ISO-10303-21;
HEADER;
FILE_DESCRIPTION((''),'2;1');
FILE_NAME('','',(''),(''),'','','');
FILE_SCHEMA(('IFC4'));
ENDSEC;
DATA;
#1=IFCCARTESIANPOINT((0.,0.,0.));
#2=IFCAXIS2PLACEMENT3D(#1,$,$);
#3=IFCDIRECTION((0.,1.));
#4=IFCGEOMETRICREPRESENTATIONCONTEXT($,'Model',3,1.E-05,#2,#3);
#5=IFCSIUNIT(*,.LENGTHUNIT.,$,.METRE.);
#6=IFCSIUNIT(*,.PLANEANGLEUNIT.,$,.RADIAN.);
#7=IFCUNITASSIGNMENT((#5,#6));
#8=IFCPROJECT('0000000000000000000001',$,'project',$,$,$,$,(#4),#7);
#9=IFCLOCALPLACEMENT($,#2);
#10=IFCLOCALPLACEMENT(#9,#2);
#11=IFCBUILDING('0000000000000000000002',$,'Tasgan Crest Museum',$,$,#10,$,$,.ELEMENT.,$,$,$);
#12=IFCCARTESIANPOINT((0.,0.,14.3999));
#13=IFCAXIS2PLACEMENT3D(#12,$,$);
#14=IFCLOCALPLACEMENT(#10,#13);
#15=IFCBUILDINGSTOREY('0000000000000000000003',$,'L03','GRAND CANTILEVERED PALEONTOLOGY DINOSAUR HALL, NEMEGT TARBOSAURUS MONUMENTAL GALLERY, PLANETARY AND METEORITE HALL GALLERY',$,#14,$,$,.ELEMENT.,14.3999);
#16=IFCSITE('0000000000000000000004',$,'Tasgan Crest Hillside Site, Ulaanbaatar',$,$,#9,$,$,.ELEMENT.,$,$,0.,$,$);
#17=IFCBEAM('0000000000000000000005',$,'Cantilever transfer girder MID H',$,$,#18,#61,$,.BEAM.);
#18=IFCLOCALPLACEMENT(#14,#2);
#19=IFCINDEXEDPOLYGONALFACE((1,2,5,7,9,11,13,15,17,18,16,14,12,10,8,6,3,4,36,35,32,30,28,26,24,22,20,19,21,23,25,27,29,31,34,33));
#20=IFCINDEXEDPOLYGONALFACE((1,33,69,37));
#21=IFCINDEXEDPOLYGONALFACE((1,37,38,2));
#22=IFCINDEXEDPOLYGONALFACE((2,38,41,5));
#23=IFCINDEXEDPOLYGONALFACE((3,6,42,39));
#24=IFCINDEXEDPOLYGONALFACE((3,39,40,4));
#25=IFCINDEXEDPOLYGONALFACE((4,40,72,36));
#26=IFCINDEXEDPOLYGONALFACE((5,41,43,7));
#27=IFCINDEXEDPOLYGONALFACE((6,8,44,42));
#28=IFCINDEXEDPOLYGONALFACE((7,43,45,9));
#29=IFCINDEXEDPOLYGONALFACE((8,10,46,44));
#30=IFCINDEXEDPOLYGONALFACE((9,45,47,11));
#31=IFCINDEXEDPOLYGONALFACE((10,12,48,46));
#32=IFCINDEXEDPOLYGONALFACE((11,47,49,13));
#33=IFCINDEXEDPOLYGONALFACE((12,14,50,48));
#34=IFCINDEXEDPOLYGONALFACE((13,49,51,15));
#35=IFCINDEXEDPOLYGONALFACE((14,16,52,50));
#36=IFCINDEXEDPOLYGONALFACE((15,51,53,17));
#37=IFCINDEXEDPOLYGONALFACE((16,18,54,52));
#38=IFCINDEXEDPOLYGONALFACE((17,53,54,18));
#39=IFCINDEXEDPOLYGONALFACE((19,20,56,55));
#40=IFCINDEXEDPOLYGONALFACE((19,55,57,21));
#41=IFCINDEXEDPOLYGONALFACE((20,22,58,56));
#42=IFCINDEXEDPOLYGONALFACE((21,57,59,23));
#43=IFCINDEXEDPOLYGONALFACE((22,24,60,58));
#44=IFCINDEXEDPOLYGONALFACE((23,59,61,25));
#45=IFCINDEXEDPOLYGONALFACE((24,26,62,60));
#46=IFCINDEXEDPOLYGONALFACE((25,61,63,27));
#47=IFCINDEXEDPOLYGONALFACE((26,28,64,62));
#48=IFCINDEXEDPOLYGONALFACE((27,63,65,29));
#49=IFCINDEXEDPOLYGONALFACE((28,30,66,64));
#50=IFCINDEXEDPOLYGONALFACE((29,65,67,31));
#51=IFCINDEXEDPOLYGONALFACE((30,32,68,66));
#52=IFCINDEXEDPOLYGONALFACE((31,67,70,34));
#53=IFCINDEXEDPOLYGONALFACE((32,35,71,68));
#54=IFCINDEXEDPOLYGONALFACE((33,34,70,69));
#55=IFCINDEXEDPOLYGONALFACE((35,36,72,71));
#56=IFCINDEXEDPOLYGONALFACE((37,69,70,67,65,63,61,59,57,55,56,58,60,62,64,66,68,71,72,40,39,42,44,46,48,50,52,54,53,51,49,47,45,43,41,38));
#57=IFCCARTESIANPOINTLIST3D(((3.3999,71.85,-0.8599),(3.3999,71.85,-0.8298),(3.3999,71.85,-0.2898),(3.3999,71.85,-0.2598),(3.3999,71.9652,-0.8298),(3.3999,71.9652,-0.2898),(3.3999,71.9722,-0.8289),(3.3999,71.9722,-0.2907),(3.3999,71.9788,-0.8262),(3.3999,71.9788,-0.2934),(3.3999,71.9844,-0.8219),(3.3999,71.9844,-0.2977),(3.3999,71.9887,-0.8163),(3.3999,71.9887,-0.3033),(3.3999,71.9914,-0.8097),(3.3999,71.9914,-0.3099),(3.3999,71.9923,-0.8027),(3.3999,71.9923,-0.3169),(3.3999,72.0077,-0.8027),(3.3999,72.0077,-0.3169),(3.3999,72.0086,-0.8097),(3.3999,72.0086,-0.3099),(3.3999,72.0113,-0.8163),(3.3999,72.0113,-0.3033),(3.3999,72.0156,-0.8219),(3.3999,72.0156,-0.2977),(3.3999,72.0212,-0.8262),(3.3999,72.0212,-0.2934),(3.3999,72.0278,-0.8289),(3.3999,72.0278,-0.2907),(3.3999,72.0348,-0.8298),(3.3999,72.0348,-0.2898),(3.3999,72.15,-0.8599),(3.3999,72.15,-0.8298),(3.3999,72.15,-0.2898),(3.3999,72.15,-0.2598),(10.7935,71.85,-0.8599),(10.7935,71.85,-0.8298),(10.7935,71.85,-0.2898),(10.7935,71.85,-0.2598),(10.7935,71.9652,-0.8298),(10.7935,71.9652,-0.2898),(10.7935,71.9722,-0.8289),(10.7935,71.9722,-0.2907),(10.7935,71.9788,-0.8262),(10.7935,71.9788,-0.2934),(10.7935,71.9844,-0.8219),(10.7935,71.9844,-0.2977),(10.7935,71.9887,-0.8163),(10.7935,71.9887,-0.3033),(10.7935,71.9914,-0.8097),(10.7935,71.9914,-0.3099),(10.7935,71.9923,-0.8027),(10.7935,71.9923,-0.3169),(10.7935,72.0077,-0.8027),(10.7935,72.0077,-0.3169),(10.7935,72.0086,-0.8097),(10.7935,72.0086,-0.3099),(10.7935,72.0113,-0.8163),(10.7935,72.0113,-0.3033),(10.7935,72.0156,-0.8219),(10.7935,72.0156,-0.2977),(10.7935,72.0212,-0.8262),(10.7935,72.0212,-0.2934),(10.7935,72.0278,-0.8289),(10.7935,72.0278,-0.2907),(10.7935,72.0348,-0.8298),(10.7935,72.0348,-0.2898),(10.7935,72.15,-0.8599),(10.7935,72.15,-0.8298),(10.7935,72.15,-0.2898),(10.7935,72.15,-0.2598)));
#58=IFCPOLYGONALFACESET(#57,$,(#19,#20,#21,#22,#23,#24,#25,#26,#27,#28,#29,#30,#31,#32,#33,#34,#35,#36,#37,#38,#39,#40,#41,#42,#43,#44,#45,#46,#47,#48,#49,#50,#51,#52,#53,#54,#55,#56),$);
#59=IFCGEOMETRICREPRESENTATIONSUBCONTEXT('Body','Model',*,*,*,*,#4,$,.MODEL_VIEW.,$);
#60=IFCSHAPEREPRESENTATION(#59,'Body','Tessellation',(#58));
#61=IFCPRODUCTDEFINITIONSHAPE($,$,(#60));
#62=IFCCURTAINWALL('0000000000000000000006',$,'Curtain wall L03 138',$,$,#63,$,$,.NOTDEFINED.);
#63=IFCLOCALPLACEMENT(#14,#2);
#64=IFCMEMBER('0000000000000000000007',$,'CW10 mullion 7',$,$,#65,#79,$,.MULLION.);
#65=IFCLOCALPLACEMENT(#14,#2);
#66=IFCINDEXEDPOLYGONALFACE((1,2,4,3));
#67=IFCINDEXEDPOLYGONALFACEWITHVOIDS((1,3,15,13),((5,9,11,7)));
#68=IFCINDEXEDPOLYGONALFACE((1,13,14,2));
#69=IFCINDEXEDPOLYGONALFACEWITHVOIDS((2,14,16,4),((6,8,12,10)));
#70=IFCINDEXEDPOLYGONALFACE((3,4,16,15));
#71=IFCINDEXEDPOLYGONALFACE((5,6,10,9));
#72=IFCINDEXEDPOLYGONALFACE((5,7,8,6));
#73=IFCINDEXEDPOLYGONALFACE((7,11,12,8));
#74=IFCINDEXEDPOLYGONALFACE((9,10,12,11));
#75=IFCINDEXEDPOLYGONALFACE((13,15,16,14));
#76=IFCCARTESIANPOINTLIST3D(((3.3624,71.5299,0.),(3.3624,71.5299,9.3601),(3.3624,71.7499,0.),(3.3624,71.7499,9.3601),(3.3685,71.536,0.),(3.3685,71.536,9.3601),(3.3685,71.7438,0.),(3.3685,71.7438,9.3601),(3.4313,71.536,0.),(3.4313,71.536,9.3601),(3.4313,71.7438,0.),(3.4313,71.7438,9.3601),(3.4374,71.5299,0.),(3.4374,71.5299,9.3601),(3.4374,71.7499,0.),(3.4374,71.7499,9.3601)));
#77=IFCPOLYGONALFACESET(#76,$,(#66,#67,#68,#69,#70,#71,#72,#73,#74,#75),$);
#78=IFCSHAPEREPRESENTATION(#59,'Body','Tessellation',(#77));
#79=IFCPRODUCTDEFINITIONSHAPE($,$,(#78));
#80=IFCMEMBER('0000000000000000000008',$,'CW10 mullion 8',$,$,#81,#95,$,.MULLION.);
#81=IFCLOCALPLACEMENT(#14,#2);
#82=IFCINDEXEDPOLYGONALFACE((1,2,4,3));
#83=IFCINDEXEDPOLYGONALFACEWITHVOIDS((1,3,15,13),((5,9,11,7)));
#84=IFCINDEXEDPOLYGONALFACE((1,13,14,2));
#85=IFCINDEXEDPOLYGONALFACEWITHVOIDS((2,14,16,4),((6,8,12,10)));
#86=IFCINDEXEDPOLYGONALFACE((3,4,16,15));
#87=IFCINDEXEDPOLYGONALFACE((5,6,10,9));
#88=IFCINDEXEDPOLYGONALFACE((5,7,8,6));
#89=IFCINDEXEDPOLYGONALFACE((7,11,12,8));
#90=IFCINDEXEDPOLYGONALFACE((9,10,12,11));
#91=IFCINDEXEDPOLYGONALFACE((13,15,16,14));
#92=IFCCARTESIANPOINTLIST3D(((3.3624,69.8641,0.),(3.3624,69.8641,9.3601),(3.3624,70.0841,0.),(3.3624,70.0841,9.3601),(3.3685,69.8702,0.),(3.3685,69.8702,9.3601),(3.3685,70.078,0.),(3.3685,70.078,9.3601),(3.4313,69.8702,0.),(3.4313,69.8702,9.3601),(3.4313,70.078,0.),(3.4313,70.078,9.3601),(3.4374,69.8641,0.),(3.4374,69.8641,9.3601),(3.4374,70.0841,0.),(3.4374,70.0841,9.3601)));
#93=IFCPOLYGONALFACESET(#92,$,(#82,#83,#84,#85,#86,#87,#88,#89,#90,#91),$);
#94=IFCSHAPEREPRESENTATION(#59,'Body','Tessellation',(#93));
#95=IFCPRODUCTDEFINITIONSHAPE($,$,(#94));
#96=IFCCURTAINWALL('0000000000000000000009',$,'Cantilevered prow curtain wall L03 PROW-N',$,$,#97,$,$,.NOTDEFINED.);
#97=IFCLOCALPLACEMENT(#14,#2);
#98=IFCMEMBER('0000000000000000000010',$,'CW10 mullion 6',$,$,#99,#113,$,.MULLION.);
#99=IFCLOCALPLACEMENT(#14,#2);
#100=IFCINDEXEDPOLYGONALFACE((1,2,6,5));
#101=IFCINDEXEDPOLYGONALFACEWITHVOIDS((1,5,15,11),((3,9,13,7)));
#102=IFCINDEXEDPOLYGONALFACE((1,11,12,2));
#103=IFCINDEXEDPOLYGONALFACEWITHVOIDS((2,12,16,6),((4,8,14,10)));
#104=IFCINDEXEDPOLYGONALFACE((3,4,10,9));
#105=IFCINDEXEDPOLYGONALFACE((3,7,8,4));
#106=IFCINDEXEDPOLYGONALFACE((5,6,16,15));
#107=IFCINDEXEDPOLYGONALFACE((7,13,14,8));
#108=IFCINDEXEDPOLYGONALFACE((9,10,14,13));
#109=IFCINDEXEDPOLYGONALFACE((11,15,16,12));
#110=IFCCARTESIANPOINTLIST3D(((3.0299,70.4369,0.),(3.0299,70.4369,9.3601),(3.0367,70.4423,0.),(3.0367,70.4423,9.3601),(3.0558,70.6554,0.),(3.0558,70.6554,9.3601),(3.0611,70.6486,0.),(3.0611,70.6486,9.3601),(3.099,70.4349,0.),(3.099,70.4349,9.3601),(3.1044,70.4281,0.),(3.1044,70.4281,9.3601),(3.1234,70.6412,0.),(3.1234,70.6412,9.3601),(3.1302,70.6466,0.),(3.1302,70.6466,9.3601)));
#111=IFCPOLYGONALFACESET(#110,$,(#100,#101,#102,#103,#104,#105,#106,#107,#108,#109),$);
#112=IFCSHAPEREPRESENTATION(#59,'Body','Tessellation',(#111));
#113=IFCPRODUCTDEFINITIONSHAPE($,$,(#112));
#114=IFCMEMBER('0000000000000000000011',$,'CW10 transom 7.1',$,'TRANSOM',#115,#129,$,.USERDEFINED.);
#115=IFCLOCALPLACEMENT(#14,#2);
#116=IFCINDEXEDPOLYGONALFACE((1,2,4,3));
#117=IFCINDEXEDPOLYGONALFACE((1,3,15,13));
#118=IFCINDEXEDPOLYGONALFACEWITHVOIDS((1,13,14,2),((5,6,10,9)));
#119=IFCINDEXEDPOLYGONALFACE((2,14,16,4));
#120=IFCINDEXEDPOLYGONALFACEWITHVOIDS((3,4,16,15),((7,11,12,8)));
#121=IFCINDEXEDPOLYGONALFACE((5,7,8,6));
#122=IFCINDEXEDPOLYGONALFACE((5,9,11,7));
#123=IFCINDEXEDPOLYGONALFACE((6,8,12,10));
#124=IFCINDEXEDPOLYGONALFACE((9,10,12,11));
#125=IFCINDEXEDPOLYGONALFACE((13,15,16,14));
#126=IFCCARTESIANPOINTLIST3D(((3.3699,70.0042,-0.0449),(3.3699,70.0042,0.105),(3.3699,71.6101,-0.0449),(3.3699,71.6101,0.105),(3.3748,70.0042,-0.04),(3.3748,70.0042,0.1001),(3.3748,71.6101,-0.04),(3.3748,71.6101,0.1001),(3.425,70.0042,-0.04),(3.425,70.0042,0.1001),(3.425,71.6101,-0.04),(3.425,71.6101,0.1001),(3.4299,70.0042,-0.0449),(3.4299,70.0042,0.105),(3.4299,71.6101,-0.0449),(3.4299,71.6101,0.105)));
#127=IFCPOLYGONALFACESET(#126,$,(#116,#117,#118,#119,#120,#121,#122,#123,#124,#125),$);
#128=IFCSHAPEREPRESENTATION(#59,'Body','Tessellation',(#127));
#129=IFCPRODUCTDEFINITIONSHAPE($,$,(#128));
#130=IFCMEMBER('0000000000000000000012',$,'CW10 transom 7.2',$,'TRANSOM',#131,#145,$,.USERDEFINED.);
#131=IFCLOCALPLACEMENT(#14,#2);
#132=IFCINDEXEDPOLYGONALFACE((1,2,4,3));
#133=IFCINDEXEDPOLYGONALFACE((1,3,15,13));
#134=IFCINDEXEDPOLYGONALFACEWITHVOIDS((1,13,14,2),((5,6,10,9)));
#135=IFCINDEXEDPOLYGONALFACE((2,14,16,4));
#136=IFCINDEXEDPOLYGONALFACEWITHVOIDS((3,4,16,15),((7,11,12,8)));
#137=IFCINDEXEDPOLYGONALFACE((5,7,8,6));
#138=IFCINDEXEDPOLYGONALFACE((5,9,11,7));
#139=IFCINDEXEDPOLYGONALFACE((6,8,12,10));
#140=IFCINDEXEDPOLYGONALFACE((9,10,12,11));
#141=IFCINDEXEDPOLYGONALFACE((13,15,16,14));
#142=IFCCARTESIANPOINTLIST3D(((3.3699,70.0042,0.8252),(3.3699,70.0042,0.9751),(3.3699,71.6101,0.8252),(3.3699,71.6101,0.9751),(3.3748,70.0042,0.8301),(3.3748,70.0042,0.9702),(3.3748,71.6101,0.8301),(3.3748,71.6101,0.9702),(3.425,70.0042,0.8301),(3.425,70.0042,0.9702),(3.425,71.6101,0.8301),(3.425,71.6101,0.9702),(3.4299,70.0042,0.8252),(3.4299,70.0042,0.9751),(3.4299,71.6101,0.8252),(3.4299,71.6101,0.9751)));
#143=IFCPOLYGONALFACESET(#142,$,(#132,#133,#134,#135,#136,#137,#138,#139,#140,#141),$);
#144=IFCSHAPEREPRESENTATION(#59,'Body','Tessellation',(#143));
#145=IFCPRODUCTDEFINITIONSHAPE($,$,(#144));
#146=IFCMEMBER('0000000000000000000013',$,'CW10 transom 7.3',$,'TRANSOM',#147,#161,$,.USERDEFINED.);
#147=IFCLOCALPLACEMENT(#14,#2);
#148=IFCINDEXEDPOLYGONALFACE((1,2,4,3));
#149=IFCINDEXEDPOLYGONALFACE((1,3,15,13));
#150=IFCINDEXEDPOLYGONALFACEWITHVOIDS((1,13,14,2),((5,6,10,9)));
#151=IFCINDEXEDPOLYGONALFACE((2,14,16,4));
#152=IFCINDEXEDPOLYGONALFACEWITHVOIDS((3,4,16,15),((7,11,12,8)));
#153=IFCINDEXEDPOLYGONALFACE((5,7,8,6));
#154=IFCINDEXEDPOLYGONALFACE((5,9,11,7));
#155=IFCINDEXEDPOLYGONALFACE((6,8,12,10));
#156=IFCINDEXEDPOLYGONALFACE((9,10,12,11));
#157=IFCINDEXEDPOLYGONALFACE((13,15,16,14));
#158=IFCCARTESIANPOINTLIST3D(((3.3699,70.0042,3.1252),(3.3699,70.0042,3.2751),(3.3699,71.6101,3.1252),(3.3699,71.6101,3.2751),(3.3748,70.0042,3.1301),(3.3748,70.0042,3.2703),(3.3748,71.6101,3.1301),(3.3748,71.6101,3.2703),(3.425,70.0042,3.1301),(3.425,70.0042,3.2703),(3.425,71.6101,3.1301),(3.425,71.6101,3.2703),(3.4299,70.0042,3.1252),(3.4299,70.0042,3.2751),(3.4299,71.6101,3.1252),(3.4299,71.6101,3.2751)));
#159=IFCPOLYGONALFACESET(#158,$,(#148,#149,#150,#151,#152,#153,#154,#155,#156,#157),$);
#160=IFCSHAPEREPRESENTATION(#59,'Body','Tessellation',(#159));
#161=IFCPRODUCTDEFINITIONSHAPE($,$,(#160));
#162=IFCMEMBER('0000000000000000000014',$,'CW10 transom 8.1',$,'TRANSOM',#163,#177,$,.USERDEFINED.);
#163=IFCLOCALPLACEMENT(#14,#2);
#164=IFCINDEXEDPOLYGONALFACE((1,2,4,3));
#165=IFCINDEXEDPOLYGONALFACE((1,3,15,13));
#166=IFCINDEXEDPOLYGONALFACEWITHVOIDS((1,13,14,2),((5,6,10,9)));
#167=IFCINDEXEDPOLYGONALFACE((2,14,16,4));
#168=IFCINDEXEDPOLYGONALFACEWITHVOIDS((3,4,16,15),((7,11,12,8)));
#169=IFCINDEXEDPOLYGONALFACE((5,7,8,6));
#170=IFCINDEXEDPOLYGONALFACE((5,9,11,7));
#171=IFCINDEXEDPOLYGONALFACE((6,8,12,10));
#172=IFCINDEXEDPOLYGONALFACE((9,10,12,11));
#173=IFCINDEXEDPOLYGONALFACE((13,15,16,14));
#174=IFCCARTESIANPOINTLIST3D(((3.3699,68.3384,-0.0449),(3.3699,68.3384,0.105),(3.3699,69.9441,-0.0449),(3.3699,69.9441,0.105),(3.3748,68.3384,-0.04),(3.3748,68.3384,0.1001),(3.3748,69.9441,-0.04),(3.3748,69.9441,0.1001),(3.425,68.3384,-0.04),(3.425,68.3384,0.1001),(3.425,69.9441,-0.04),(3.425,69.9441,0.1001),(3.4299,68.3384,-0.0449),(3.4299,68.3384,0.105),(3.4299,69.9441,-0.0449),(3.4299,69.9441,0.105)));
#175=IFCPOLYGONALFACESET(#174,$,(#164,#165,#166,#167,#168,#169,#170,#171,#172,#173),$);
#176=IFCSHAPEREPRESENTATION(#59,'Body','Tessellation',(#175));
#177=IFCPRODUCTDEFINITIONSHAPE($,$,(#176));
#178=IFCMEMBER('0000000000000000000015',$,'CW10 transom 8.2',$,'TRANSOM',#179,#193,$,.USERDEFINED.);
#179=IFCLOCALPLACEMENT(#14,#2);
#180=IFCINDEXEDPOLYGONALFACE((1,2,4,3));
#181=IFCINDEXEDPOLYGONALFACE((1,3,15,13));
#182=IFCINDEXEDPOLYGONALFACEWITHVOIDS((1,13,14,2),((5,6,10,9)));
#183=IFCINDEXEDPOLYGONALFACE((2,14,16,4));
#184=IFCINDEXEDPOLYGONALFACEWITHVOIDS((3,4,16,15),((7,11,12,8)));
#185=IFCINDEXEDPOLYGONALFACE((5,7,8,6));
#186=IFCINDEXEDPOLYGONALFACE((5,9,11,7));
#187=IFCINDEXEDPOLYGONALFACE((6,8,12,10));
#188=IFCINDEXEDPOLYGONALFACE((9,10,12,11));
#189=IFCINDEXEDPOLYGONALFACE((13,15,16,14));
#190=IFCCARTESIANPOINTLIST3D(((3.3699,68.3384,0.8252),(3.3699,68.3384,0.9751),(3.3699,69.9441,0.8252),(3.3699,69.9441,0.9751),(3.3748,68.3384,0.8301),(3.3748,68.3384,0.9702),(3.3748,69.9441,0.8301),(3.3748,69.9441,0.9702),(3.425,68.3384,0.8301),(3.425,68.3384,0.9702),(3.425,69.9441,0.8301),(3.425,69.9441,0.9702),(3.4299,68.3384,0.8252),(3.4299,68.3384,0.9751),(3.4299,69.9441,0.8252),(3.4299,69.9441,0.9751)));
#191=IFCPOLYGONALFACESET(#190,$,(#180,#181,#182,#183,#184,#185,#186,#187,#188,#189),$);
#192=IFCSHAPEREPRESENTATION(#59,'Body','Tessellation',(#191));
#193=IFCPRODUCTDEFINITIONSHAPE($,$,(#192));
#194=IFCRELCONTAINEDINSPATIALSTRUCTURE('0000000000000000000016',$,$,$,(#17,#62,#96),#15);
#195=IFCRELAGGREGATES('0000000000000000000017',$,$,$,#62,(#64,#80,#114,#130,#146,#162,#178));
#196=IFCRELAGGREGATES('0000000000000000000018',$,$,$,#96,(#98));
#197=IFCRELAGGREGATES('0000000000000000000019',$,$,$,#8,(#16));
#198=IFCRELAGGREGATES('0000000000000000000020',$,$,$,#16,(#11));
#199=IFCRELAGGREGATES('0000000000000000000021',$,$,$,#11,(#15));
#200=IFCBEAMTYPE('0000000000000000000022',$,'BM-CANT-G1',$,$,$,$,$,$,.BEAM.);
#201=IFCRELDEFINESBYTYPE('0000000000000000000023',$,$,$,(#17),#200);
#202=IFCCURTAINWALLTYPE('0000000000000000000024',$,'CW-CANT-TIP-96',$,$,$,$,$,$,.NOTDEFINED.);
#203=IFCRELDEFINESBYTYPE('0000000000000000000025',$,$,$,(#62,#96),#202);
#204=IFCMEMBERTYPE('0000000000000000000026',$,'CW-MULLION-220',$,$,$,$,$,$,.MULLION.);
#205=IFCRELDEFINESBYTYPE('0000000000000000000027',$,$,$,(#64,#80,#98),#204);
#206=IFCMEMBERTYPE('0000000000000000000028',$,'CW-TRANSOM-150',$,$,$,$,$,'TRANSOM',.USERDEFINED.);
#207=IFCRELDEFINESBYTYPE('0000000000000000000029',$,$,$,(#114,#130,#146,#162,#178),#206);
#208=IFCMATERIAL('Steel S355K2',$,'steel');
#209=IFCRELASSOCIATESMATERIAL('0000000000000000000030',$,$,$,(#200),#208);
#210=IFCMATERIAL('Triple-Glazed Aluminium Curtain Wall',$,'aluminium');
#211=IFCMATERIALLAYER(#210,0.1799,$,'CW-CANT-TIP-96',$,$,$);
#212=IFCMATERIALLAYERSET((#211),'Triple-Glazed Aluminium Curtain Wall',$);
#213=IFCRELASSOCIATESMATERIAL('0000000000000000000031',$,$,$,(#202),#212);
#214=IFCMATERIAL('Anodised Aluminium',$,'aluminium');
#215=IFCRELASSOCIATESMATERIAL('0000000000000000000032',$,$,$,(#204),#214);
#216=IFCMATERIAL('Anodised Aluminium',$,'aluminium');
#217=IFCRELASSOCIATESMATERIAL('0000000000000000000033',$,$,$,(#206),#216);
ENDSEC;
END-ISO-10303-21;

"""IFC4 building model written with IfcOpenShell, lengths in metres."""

from ifc_helpers import new_model, si_unit, direction, frame, origin, origin_2d, place, context, subcontext, project, spatial, hollow_rectangle, i_section, extrude, material, layer, layer_set, material_profile, profile_set, type_object, element, aggregate, save


model = new_model("IFC4")

# Units and contexts
model_context = context("Model", 3, precision=1e-05, world=origin(), true_north=direction((0.0, 1.0)))
body_context = subcontext(model_context, "Body", "Model", "MODEL_VIEW")
ifc_project = project(units=[si_unit("LENGTHUNIT", "METRE"), si_unit("PLANEANGLEUNIT", "RADIAN")], contexts=[model_context])

# Site, building, storey
site_placement = place(None, origin())
site = spatial("IfcSite", under=ifc_project, at=site_placement, Name="Tasgan Crest Hillside Site, Ulaanbaatar", CompositionType="ELEMENT", RefElevation=0.0)
building_placement = place(site_placement, origin())
building = spatial("IfcBuilding", under=site, at=building_placement, Name="Tasgan Crest Museum", CompositionType="ELEMENT")
storey_placement = place(building_placement, frame((0.0, 0.0, 14.3999)))
storey = spatial("IfcBuildingStorey", under=building, at=storey_placement, Name="L03", Description="GRAND CANTILEVERED PALEONTOLOGY DINOSAUR HALL, NEMEGT TARBOSAURUS MONUMENTAL GALLERY, PLANETARY AND METEORITE HALL GALLERY", CompositionType="ELEMENT", Elevation=14.3999)

# Beam
ifc_material_1 = material(Name="Steel S355K2", Category="steel")
ifc_material_profile_1 = material_profile(ifc_material_1, i_section(OverallWidth=0.3, OverallDepth=0.6001, WebThickness=0.0154, FlangeThickness=0.03, FilletRadius=0.0271, at=origin_2d()), Name="HEB 600")
ifc_profile_set_1 = profile_set([ifc_material_profile_1], Name="Steel S355K2")
beam_type = type_object("IfcBeamType", Name="BM-CANT-G1", PredefinedType="BEAM", material=ifc_profile_set_1)
beam_placement = place(storey_placement, frame((3.3999, 72.0, -0.5598), z_axis=(1.0, 0.0, 0.0), x_axis=(0.0, 1.0, 0.0)))
element("IfcBeam", 1, at=beam_placement, inside=storey, type_object=beam_type, Name="Cantilever transfer girder MID H", PredefinedType="BEAM", context=body_context, shape_type="SweptSolid", body=[
    extrude(i_section(OverallWidth=0.3, OverallDepth=0.6001, WebThickness=0.0154, FlangeThickness=0.03, FilletRadius=0.0271, at=origin_2d()), origin(), (0.0, 0.0, 1.0), 7.3936),
])

# Curtain wall, members
ifc_material_2 = material(Name="Triple-Glazed Aluminium Curtain Wall", Category="aluminium")
ifc_layer_1 = layer(ifc_material_2, 0.1799, Name="CW-CANT-TIP-96")
ifc_layer_set_1 = layer_set([ifc_layer_1], Name="Triple-Glazed Aluminium Curtain Wall")
curtain_wall_type = type_object("IfcCurtainWallType", Name="CW-CANT-TIP-96", PredefinedType="NOTDEFINED", material=ifc_layer_set_1)
curtain_wall_1_placement = place(storey_placement, origin())
curtain_wall_1 = element("IfcCurtainWall", 2, at=curtain_wall_1_placement, inside=storey, type_object=curtain_wall_type, Name="Curtain wall L03 138", PredefinedType="NOTDEFINED")
ifc_material_3 = material(Name="Anodised Aluminium", Category="aluminium")
ifc_material_profile_2 = material_profile(ifc_material_3, hollow_rectangle(XDim=0.075, YDim=0.22, WallThickness=0.0061, at=origin_2d()), Name="ALU MULLION 220x75x6")
ifc_profile_set_2 = profile_set([ifc_material_profile_2], Name="Anodised Aluminium")
member_type_1 = type_object("IfcMemberType", Name="CW-MULLION-220", PredefinedType="MULLION", material=ifc_profile_set_2)
member_1_placement = place(storey_placement, frame((3.3999, 71.6399, 0.0), z_axis=(0.0, 0.0, 1.0), x_axis=(1.0, 0.0, 0.0)))
member_1 = element("IfcMember", 3, at=member_1_placement, type_object=member_type_1, Name="CW10 mullion 7", PredefinedType="MULLION", context=body_context, shape_type="SweptSolid", body=[
    extrude(hollow_rectangle(XDim=0.075, YDim=0.22, WallThickness=0.0061, at=origin_2d()), origin(), (0.0, 0.0, 1.0), 9.3601),
])
member_2_placement = place(storey_placement, frame((3.3999, 69.9741, 0.0), z_axis=(0.0, 0.0, 1.0), x_axis=(1.0, 0.0, 0.0)))
member_2 = element("IfcMember", 4, at=member_2_placement, type_object=member_type_1, Name="CW10 mullion 8", PredefinedType="MULLION", context=body_context, shape_type="SweptSolid", body=[
    extrude(hollow_rectangle(XDim=0.075, YDim=0.22, WallThickness=0.0061, at=origin_2d()), origin(), (0.0, 0.0, 1.0), 9.3601),
])

# Curtain wall, member
curtain_wall_2_placement = place(storey_placement, origin())
curtain_wall_2 = element("IfcCurtainWall", 5, at=curtain_wall_2_placement, inside=storey, type_object=curtain_wall_type, Name="Cantilevered prow curtain wall L03 PROW-N", PredefinedType="NOTDEFINED")
member_3_placement = place(storey_placement, frame((3.0801, 70.5417, 0.0), z_axis=(0.0, 0.0, 1.0), x_axis=(-0.993065, 0.117565, 0.0)))
member_3 = element("IfcMember", 6, at=member_3_placement, type_object=member_type_1, Name="CW10 mullion 6", PredefinedType="MULLION", context=body_context, shape_type="SweptSolid", body=[
    extrude(hollow_rectangle(XDim=0.075, YDim=0.22, WallThickness=0.0061, at=origin_2d()), origin(), (0.0, 0.0, 1.0), 9.3601),
])

# Members
ifc_material_4 = material(Name="Anodised Aluminium", Category="aluminium")
ifc_material_profile_3 = material_profile(ifc_material_4, hollow_rectangle(XDim=0.0601, YDim=0.1499, WallThickness=0.0049, at=origin_2d()), Name="ALU TRANSOM 150x60x5")
ifc_profile_set_3 = profile_set([ifc_material_profile_3], Name="Anodised Aluminium")
member_type_2 = type_object("IfcMemberType", Name="CW-TRANSOM-150", ElementType="TRANSOM", PredefinedType="USERDEFINED", material=ifc_profile_set_3)
member_4_placement = place(storey_placement, frame((3.3999, 71.6101, 0.03), z_axis=(0.0, -1.0, 0.0), x_axis=(1.0, 0.0, 0.0)))
member_4 = element("IfcMember", 7, at=member_4_placement, type_object=member_type_2, Name="CW10 transom 7.1", ObjectType="TRANSOM", PredefinedType="USERDEFINED", context=body_context, shape_type="SweptSolid", body=[
    extrude(hollow_rectangle(XDim=0.0601, YDim=0.1499, WallThickness=0.0049, at=origin_2d()), origin(), (0.0, 0.0, 1.0), 1.606),
])
member_5_placement = place(storey_placement, frame((3.3999, 71.6101, 0.9001), z_axis=(0.0, -1.0, 0.0), x_axis=(1.0, 0.0, 0.0)))
member_5 = element("IfcMember", 8, at=member_5_placement, type_object=member_type_2, Name="CW10 transom 7.2", ObjectType="TRANSOM", PredefinedType="USERDEFINED", context=body_context, shape_type="SweptSolid", body=[
    extrude(hollow_rectangle(XDim=0.0601, YDim=0.1499, WallThickness=0.0049, at=origin_2d()), origin(), (0.0, 0.0, 1.0), 1.606),
])
member_6_placement = place(storey_placement, frame((3.3999, 71.6101, 3.2002), z_axis=(0.0, -1.0, 0.0), x_axis=(1.0, 0.0, 0.0)))
member_6 = element("IfcMember", 9, at=member_6_placement, type_object=member_type_2, Name="CW10 transom 7.3", ObjectType="TRANSOM", PredefinedType="USERDEFINED", context=body_context, shape_type="SweptSolid", body=[
    extrude(hollow_rectangle(XDim=0.0601, YDim=0.1499, WallThickness=0.0049, at=origin_2d()), origin(), (0.0, 0.0, 1.0), 1.606),
])
member_7_placement = place(storey_placement, frame((3.3999, 69.9441, 0.03), z_axis=(0.0, -1.0, 0.0), x_axis=(1.0, 0.0, 0.0)))
member_7 = element("IfcMember", 10, at=member_7_placement, type_object=member_type_2, Name="CW10 transom 8.1", ObjectType="TRANSOM", PredefinedType="USERDEFINED", context=body_context, shape_type="SweptSolid", body=[
    extrude(hollow_rectangle(XDim=0.0601, YDim=0.1499, WallThickness=0.0049, at=origin_2d()), origin(), (0.0, 0.0, 1.0), 1.6057),
])
member_8_placement = place(storey_placement, frame((3.3999, 69.9441, 0.9001), z_axis=(0.0, -1.0, 0.0), x_axis=(1.0, 0.0, 0.0)))
member_8 = element("IfcMember", 11, at=member_8_placement, type_object=member_type_2, Name="CW10 transom 8.2", ObjectType="TRANSOM", PredefinedType="USERDEFINED", context=body_context, shape_type="SweptSolid", body=[
    extrude(hollow_rectangle(XDim=0.0601, YDim=0.1499, WallThickness=0.0049, at=origin_2d()), origin(), (0.0, 0.0, 1.0), 1.6057),
])

aggregate(curtain_wall_1, [member_1, member_2, member_4, member_5, member_6, member_7, member_8])
aggregate(curtain_wall_2, [member_3])

save(model, "model.ifc")
